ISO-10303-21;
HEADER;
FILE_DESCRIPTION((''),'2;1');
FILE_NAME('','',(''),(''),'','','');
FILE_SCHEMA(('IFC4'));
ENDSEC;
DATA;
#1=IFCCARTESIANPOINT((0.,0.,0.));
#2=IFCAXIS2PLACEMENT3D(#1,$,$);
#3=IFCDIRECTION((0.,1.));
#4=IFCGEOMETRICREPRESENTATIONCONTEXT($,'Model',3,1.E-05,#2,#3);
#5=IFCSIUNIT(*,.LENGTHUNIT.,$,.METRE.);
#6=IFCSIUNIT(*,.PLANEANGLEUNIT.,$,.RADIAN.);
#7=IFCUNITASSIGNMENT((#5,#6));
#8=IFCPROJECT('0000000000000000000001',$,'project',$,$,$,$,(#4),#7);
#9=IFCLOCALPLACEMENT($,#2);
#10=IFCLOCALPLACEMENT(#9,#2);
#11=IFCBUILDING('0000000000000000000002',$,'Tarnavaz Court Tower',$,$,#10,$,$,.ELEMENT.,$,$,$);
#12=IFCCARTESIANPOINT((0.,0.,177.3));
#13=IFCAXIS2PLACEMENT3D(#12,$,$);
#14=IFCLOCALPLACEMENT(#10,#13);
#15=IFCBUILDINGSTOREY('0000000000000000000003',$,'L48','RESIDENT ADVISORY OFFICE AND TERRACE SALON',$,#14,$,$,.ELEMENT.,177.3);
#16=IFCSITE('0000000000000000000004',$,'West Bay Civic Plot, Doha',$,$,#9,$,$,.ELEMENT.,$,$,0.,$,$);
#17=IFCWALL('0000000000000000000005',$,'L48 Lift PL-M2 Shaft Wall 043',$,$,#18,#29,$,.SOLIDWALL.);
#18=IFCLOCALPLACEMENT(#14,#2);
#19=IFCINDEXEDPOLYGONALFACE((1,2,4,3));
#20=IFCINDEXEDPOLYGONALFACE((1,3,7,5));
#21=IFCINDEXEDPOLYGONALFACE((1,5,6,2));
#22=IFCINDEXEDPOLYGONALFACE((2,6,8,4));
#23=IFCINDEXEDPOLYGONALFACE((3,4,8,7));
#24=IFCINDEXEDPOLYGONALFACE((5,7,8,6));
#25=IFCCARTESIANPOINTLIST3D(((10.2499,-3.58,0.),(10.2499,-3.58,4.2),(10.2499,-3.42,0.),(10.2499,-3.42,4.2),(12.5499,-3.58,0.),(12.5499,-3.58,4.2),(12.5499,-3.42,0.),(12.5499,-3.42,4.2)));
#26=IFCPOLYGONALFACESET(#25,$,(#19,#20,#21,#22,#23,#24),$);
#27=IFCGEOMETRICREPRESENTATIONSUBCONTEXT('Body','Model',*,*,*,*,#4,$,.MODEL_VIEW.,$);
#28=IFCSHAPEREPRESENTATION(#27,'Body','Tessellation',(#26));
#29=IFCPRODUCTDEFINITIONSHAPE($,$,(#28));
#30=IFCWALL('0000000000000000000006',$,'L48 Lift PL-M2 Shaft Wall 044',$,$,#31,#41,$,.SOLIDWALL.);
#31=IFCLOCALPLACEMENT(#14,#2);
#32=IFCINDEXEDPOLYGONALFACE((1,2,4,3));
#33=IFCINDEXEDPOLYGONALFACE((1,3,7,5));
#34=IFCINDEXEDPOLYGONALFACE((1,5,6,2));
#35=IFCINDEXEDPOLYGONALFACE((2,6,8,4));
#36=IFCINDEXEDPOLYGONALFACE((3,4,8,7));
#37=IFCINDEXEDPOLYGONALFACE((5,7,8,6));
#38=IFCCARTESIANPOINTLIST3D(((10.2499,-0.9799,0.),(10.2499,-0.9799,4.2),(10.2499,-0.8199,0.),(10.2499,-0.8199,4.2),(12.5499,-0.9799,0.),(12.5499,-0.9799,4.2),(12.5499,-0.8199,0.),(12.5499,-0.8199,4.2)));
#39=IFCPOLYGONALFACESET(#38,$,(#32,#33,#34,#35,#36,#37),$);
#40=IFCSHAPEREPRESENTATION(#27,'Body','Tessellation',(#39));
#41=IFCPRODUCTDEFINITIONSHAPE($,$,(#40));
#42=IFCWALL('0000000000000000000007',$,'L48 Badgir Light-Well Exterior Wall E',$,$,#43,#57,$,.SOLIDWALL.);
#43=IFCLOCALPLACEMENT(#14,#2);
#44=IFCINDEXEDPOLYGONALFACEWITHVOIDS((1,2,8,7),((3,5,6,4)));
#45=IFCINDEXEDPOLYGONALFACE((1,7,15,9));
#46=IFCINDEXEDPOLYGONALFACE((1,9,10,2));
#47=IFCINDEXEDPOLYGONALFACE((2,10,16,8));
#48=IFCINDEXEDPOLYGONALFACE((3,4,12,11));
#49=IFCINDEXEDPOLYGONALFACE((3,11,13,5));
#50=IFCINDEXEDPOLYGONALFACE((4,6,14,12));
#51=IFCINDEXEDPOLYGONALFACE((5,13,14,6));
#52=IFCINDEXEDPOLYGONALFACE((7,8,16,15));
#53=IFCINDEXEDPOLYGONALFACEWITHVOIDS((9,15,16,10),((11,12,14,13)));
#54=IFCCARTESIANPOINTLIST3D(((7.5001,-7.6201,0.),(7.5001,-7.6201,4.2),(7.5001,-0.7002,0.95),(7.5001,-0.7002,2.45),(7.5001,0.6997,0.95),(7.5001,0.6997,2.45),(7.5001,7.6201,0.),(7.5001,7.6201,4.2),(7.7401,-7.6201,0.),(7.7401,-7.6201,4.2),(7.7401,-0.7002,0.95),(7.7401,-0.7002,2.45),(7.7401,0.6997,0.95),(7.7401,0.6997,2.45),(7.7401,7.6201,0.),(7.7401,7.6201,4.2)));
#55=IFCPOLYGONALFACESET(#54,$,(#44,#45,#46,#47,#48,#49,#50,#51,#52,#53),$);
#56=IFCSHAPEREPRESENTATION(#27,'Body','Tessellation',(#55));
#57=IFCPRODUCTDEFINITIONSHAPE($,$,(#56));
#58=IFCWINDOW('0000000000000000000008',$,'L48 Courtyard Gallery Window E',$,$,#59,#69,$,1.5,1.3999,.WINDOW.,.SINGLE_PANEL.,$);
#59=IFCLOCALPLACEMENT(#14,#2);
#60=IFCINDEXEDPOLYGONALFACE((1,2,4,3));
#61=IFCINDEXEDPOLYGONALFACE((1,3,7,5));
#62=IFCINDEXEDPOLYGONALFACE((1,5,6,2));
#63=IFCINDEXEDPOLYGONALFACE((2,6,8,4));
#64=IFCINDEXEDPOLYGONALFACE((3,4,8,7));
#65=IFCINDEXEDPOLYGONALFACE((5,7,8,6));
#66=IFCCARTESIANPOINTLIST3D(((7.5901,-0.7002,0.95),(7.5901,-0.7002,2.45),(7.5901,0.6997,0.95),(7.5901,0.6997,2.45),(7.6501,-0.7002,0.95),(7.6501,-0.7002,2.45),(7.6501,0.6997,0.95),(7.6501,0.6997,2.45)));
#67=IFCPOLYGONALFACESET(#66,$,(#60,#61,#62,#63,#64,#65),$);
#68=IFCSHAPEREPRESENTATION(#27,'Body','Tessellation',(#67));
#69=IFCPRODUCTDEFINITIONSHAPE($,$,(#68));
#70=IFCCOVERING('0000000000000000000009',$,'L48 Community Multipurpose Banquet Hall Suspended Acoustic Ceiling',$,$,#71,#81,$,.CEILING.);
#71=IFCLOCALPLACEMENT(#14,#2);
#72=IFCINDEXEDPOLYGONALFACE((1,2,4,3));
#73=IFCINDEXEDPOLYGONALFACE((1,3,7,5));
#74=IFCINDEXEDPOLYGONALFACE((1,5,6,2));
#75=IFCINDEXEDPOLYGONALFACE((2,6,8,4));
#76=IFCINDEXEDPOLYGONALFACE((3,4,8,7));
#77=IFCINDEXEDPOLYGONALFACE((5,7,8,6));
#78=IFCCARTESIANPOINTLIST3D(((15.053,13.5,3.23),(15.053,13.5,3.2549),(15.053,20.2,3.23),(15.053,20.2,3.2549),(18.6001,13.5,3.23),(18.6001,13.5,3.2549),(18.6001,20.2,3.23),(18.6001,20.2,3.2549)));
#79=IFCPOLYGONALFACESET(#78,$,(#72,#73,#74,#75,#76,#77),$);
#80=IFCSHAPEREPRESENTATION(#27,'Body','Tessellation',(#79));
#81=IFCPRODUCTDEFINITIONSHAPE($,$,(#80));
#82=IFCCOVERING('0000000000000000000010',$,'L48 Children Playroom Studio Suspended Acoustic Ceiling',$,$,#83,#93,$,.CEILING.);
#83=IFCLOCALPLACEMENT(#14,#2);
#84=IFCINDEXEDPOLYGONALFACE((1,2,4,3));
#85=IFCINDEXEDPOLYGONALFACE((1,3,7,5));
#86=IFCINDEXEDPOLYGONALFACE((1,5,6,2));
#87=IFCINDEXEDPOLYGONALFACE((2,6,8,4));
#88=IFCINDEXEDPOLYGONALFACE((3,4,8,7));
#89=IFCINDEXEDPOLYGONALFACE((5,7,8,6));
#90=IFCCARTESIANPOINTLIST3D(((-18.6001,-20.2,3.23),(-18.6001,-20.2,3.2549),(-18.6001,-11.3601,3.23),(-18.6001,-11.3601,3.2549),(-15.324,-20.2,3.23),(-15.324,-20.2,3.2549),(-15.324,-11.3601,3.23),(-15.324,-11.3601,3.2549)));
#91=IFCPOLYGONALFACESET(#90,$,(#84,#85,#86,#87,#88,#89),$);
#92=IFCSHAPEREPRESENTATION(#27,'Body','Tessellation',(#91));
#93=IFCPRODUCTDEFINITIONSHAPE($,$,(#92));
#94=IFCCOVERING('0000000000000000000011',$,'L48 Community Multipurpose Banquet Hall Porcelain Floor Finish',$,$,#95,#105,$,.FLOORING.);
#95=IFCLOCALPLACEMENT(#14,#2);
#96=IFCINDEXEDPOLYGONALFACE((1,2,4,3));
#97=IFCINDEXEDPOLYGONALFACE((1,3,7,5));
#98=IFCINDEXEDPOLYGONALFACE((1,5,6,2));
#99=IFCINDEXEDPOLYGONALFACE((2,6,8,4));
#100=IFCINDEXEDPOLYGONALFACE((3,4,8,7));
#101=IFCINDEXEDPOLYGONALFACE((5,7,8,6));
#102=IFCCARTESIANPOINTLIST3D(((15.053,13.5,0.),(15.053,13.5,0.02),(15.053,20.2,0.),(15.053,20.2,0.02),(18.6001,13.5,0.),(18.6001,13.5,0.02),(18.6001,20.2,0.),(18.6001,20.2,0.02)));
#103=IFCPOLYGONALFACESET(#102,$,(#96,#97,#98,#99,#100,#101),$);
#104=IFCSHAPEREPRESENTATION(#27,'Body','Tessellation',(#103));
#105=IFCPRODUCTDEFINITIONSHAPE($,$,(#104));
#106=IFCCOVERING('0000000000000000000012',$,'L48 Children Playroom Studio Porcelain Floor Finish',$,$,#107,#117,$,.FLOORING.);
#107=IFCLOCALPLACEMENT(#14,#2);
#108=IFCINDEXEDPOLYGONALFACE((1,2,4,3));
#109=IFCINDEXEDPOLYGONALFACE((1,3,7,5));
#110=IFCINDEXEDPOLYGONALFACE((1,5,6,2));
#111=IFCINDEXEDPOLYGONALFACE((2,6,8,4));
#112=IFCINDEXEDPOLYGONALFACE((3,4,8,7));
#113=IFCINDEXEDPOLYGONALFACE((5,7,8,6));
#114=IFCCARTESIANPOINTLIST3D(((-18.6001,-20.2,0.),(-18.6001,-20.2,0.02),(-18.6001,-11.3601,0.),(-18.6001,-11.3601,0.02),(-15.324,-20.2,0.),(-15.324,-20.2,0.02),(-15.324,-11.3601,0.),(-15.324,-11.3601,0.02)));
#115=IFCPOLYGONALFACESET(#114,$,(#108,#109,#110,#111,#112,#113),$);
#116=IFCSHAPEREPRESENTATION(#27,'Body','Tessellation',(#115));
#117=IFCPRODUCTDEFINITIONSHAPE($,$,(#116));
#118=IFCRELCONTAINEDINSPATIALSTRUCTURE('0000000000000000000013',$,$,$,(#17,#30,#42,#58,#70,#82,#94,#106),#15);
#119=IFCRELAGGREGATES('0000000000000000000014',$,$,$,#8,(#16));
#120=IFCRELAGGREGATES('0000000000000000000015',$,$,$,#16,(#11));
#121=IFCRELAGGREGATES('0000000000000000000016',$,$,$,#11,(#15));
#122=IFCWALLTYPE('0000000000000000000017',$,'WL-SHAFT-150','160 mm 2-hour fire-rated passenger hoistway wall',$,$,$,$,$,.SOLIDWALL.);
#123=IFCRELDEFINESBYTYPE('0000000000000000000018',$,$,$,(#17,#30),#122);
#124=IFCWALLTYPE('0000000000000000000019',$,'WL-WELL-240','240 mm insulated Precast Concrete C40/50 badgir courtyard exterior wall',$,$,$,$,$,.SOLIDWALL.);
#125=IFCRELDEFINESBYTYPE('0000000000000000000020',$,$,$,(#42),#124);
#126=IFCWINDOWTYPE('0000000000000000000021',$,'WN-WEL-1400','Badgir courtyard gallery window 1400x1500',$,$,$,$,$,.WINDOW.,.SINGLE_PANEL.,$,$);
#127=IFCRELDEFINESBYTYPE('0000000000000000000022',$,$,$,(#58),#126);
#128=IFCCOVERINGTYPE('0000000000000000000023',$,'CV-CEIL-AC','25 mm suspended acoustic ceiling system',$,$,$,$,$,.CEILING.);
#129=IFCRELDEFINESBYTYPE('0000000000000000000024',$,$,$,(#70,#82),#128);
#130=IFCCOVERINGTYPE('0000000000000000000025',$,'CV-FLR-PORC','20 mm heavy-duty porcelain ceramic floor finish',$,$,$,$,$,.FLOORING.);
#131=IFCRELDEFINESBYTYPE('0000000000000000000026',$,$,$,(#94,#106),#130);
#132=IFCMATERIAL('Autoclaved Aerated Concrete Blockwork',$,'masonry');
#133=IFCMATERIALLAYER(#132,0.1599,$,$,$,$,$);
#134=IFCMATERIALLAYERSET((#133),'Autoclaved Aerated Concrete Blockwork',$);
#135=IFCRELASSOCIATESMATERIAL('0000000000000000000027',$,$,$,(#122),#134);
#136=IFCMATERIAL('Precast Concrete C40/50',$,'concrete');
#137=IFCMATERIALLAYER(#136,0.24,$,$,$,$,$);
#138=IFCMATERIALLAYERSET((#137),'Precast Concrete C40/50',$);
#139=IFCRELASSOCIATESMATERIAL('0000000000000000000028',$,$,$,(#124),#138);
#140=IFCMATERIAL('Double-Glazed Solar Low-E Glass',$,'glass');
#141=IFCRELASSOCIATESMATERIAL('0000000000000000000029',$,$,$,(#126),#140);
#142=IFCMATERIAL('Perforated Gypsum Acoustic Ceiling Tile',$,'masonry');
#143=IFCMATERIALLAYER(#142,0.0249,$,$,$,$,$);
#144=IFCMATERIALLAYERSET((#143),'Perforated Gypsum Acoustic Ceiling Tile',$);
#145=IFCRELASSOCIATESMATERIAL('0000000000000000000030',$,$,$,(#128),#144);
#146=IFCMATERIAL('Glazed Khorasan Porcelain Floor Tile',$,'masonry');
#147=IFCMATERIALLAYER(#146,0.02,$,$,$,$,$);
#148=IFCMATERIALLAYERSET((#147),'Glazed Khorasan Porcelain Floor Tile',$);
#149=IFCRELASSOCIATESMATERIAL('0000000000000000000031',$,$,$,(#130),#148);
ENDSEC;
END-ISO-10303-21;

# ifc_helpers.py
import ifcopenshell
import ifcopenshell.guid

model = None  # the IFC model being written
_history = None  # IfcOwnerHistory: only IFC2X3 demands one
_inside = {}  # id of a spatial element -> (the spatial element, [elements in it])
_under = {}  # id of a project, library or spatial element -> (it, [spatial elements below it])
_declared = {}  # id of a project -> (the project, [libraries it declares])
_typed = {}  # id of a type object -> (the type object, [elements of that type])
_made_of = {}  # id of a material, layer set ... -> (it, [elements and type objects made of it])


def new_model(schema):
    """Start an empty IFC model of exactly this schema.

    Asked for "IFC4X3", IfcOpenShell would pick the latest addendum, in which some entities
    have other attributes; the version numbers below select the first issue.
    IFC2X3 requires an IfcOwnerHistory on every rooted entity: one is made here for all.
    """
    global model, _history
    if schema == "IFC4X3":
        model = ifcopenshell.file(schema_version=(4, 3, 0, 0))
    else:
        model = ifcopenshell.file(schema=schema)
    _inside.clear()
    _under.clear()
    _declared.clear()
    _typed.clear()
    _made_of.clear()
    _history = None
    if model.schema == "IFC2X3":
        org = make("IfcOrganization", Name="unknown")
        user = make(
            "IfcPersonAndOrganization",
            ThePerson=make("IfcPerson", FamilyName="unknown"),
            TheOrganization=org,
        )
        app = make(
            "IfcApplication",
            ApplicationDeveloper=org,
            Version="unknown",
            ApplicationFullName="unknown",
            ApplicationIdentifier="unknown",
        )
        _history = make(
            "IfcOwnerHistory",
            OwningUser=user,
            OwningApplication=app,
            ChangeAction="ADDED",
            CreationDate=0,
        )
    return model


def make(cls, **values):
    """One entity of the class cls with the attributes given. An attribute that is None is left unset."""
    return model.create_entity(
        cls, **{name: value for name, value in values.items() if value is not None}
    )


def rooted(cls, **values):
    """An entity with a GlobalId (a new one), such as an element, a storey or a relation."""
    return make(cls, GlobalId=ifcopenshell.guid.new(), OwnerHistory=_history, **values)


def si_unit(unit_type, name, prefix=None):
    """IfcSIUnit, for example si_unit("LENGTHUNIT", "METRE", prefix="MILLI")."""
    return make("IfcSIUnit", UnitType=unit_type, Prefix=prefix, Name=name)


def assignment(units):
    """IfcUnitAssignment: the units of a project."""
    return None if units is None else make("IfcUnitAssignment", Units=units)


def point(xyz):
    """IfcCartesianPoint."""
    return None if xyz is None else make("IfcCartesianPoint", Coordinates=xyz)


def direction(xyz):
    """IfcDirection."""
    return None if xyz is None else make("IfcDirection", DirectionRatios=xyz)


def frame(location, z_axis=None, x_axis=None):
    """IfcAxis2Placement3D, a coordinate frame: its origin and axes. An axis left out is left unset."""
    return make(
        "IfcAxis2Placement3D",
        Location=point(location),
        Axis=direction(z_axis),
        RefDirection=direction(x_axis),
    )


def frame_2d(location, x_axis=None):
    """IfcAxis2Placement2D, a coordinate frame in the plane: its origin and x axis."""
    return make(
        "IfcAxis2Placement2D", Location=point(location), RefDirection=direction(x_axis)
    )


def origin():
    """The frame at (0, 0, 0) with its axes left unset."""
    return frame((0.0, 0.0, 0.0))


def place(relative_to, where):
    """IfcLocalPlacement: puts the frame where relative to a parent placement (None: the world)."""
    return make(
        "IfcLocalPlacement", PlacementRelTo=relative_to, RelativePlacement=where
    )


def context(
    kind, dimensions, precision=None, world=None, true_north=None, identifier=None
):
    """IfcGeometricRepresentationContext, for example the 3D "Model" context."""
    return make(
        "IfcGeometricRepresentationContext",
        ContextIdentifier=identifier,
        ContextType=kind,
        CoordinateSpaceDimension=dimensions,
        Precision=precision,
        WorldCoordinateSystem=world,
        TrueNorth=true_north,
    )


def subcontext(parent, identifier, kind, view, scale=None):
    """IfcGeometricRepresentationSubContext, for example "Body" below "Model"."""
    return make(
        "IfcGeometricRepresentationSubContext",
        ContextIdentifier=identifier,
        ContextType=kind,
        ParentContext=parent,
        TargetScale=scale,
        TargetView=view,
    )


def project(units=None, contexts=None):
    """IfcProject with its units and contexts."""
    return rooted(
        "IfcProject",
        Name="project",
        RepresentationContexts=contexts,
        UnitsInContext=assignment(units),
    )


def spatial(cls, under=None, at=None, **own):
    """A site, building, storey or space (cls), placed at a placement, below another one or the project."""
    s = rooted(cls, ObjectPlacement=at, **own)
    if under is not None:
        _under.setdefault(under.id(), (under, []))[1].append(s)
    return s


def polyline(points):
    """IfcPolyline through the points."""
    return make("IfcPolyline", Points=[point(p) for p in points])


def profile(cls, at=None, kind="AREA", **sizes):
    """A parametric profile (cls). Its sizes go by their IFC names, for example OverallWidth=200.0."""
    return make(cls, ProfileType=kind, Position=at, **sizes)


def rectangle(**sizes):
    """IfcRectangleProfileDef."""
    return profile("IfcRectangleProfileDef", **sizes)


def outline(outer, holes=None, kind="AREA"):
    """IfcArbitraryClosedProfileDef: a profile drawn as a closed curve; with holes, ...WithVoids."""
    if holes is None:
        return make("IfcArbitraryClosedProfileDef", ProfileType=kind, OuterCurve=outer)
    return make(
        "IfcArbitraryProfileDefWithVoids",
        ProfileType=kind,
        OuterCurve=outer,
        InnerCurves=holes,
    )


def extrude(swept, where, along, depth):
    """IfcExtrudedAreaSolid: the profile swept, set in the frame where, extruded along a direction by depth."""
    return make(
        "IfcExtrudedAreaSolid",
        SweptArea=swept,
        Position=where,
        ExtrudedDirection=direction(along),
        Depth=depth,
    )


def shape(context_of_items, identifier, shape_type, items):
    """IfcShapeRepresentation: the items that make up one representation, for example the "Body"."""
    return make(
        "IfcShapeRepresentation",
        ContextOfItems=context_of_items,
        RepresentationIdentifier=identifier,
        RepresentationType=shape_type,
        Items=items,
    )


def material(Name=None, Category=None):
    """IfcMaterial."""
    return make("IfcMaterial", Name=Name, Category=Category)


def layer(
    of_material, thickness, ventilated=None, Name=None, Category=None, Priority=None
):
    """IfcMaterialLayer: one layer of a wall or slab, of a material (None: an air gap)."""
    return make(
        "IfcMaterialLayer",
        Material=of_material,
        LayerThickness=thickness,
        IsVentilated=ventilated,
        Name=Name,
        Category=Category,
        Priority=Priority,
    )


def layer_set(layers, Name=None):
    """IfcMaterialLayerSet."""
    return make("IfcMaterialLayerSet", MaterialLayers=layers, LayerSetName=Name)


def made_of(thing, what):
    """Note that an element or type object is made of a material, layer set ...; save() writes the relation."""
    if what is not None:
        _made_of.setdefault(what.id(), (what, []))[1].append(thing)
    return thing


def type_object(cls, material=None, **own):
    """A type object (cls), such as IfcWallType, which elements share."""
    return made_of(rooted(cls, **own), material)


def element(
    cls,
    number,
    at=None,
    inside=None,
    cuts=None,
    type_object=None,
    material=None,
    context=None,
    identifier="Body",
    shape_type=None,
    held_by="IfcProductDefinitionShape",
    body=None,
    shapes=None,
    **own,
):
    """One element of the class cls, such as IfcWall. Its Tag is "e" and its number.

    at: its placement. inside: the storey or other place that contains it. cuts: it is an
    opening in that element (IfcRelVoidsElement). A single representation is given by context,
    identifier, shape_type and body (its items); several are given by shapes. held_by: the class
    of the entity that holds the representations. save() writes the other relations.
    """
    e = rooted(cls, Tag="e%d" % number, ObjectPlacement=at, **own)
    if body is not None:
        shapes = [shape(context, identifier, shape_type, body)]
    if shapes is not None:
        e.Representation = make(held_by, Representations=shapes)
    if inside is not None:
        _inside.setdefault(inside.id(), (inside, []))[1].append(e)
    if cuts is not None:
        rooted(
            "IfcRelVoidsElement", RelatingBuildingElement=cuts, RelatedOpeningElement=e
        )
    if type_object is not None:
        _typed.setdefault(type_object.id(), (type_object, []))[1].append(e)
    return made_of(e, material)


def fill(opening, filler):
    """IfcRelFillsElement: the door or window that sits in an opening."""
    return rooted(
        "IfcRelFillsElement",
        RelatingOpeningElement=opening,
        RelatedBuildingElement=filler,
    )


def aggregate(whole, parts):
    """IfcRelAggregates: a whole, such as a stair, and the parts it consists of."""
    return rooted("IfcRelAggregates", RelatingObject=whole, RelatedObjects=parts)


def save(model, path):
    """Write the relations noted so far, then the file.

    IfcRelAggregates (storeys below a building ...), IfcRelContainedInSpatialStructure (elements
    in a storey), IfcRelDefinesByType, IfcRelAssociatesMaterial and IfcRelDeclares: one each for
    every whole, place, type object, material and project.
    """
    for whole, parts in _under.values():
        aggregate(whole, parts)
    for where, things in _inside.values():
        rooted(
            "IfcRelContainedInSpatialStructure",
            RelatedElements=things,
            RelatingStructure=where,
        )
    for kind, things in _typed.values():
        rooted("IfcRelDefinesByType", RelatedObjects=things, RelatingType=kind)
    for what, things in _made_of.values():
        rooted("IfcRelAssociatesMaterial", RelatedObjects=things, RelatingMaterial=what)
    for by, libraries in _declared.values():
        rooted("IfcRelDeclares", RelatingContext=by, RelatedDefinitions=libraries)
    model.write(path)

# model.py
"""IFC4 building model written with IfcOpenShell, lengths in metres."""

from ifc_helpers import new_model, si_unit, direction, frame, frame_2d, origin, place, context, subcontext, project, spatial, polyline, rectangle, outline, extrude, material, layer, layer_set, type_object, element, fill, save


model = new_model("IFC4")

# Units and contexts
model_context = context("Model", 3, precision=1e-05, world=origin(), true_north=direction((0.0, 1.0)))
body_context = subcontext(model_context, "Body", "Model", "MODEL_VIEW")
ifc_project = project(units=[si_unit("LENGTHUNIT", "METRE"), si_unit("PLANEANGLEUNIT", "RADIAN")], contexts=[model_context])

# Site, building, storey
site_placement = place(None, origin())
site = spatial("IfcSite", under=ifc_project, at=site_placement, Name="West Bay Civic Plot, Doha", CompositionType="ELEMENT", RefElevation=0.0)
building_placement = place(site_placement, origin())
building = spatial("IfcBuilding", under=site, at=building_placement, Name="Tarnavaz Court Tower", CompositionType="ELEMENT")
storey_placement = place(building_placement, frame((0.0, 0.0, 177.3)))
storey = spatial("IfcBuildingStorey", under=building, at=storey_placement, Name="L48", Description="RESIDENT ADVISORY OFFICE AND TERRACE SALON", CompositionType="ELEMENT", Elevation=177.3)

# Shared definitions
ifc_material_1 = material(Name="Double-Glazed Solar Low-E Glass", Category="glass")

# Shared definitions
ifc_material_2 = material(Name="Autoclaved Aerated Concrete Blockwork", Category="masonry")
ifc_layer_1 = layer(ifc_material_2, 0.1599)
ifc_layer_set_1 = layer_set([ifc_layer_1], Name="Autoclaved Aerated Concrete Blockwork")
wall_type_1 = type_object("IfcWallType", Name="WL-SHAFT-150", Description="160 mm 2-hour fire-rated passenger hoistway wall", PredefinedType="SOLIDWALL", material=ifc_layer_set_1)

# Walls
for number, where, z_axis, x_axis, name in (
    (1, (10.25, -3.5, 0.0), (0.0, 0.0, 1.0), (1.0, 0.0, 0.0), "L48 Lift PL-M2 Shaft Wall 043"),
    (2, (10.25, -0.8999, 0.0), (0.0, 0.0, 1.0), (1.0, 0.0, 0.0), "L48 Lift PL-M2 Shaft Wall 044"),
):
    element("IfcWall", number, at=place(storey_placement, frame(where, z_axis=z_axis, x_axis=x_axis)), inside=storey, type_object=wall_type_1, Name=name, PredefinedType="SOLIDWALL", context=body_context, shape_type="SweptSolid", body=[
        extrude(rectangle(XDim=2.3, YDim=0.1599, at=frame_2d((1.1499, 0.0))), origin(), (0.0, 0.0, 1.0), 4.2),
    ])

# Wall, opening, window
ifc_material_3 = material(Name="Precast Concrete C40/50", Category="concrete")
ifc_layer_2 = layer(ifc_material_3, 0.24)
ifc_layer_set_2 = layer_set([ifc_layer_2], Name="Precast Concrete C40/50")
wall_type_2 = type_object("IfcWallType", Name="WL-WELL-240", Description="240 mm insulated Precast Concrete C40/50 badgir courtyard exterior wall", PredefinedType="SOLIDWALL", material=ifc_layer_set_2)
wall_1_placement = place(storey_placement, frame((7.6201, -7.6201, 0.0), z_axis=(0.0, 0.0, 1.0), x_axis=(0.0, 1.0, 0.0)))
wall_1 = element("IfcWall", 3, at=wall_1_placement, inside=storey, type_object=wall_type_2, Name="L48 Badgir Light-Well Exterior Wall E", PredefinedType="SOLIDWALL", context=body_context, shape_type="SweptSolid", body=[
    extrude(rectangle(XDim=15.2402, YDim=0.24, at=frame_2d((7.6201, 0.0))), origin(), (0.0, 0.0, 1.0), 4.2),
])
opening_1_placement = place(wall_1_placement, frame((6.9199, 0.0, 0.95)))
opening_1 = element("IfcOpeningElement", 4, at=opening_1_placement, cuts=wall_1, PredefinedType="OPENING", context=body_context, shape_type="SweptSolid", body=[
    extrude(rectangle(XDim=1.3999, YDim=1.5, at=frame_2d((0.7, 0.75))), frame((0.0, 0.1299, 0.0), z_axis=(0.0, -1.0, 0.0), x_axis=(1.0, 0.0, 0.0)), (0.0, 0.0, 1.0), 0.26),
])
window_type = type_object("IfcWindowType", Name="WN-WEL-1400", Description="Badgir courtyard gallery window 1400x1500", PartitioningType="SINGLE_PANEL", PredefinedType="WINDOW", material=ifc_material_1)
window_placement = place(opening_1_placement, origin())
window = element("IfcWindow", 5, at=window_placement, inside=storey, type_object=window_type, Name="L48 Courtyard Gallery Window E", OverallHeight=1.5, OverallWidth=1.3999, PartitioningType="SINGLE_PANEL", PredefinedType="WINDOW", context=body_context, shape_type="SweptSolid", body=[
    extrude(rectangle(XDim=1.3999, YDim=1.5, at=frame_2d((0.7, 0.75))), frame((0.0, 0.03, 0.0), z_axis=(0.0, -1.0, 0.0), x_axis=(1.0, 0.0, 0.0)), (0.0, 0.0, 1.0), 0.0601),
])
fill(opening_1, window)

# Coverings
ifc_material_4 = material(Name="Perforated Gypsum Acoustic Ceiling Tile", Category="masonry")
ifc_layer_3 = layer(ifc_material_4, 0.0249)
ifc_layer_set_3 = layer_set([ifc_layer_3], Name="Perforated Gypsum Acoustic Ceiling Tile")
covering_type_1 = type_object("IfcCoveringType", Name="CV-CEIL-AC", Description="25 mm suspended acoustic ceiling system", PredefinedType="CEILING", material=ifc_layer_set_3)
covering_1_placement = place(storey_placement, frame((0.0, 0.0, 3.23)))
element("IfcCovering", 6, at=covering_1_placement, inside=storey, type_object=covering_type_1, Name="L48 Community Multipurpose Banquet Hall Suspended Acoustic Ceiling", PredefinedType="CEILING", context=body_context, shape_type="SweptSolid", body=[
    extrude(outline(polyline([(15.053, 13.5), (18.6001, 13.5), (18.6001, 20.2), (15.053, 20.2), (15.053, 13.5)])), origin(), (0.0, 0.0, 1.0), 0.0249),
])
covering_2_placement = place(storey_placement, frame((0.0, 0.0, 3.23)))
element("IfcCovering", 7, at=covering_2_placement, inside=storey, type_object=covering_type_1, Name="L48 Children Playroom Studio Suspended Acoustic Ceiling", PredefinedType="CEILING", context=body_context, shape_type="SweptSolid", body=[
    extrude(outline(polyline([(-18.6001, -20.2), (-15.324, -20.2), (-15.324, -11.3601), (-18.6001, -11.3601), (-18.6001, -20.2)])), origin(), (0.0, 0.0, 1.0), 0.0249),
])
ifc_material_5 = material(Name="Glazed Khorasan Porcelain Floor Tile", Category="masonry")
ifc_layer_4 = layer(ifc_material_5, 0.02)
ifc_layer_set_4 = layer_set([ifc_layer_4], Name="Glazed Khorasan Porcelain Floor Tile")
covering_type_2 = type_object("IfcCoveringType", Name="CV-FLR-PORC", Description="20 mm heavy-duty porcelain ceramic floor finish", PredefinedType="FLOORING", material=ifc_layer_set_4)
covering_3_placement = place(storey_placement, origin())
element("IfcCovering", 8, at=covering_3_placement, inside=storey, type_object=covering_type_2, Name="L48 Community Multipurpose Banquet Hall Porcelain Floor Finish", PredefinedType="FLOORING", context=body_context, shape_type="SweptSolid", body=[
    extrude(outline(polyline([(15.053, 13.5), (18.6001, 13.5), (18.6001, 20.2), (15.053, 20.2), (15.053, 13.5)])), origin(), (0.0, 0.0, 1.0), 0.02),
])
covering_4_placement = place(storey_placement, origin())
element("IfcCovering", 9, at=covering_4_placement, inside=storey, type_object=covering_type_2, Name="L48 Children Playroom Studio Porcelain Floor Finish", PredefinedType="FLOORING", context=body_context, shape_type="SweptSolid", body=[
    extrude(outline(polyline([(-18.6001, -20.2), (-15.324, -20.2), (-15.324, -11.3601), (-18.6001, -11.3601), (-18.6001, -20.2)])), origin(), (0.0, 0.0, 1.0), 0.02),
])

save(model, "model.ifc")
